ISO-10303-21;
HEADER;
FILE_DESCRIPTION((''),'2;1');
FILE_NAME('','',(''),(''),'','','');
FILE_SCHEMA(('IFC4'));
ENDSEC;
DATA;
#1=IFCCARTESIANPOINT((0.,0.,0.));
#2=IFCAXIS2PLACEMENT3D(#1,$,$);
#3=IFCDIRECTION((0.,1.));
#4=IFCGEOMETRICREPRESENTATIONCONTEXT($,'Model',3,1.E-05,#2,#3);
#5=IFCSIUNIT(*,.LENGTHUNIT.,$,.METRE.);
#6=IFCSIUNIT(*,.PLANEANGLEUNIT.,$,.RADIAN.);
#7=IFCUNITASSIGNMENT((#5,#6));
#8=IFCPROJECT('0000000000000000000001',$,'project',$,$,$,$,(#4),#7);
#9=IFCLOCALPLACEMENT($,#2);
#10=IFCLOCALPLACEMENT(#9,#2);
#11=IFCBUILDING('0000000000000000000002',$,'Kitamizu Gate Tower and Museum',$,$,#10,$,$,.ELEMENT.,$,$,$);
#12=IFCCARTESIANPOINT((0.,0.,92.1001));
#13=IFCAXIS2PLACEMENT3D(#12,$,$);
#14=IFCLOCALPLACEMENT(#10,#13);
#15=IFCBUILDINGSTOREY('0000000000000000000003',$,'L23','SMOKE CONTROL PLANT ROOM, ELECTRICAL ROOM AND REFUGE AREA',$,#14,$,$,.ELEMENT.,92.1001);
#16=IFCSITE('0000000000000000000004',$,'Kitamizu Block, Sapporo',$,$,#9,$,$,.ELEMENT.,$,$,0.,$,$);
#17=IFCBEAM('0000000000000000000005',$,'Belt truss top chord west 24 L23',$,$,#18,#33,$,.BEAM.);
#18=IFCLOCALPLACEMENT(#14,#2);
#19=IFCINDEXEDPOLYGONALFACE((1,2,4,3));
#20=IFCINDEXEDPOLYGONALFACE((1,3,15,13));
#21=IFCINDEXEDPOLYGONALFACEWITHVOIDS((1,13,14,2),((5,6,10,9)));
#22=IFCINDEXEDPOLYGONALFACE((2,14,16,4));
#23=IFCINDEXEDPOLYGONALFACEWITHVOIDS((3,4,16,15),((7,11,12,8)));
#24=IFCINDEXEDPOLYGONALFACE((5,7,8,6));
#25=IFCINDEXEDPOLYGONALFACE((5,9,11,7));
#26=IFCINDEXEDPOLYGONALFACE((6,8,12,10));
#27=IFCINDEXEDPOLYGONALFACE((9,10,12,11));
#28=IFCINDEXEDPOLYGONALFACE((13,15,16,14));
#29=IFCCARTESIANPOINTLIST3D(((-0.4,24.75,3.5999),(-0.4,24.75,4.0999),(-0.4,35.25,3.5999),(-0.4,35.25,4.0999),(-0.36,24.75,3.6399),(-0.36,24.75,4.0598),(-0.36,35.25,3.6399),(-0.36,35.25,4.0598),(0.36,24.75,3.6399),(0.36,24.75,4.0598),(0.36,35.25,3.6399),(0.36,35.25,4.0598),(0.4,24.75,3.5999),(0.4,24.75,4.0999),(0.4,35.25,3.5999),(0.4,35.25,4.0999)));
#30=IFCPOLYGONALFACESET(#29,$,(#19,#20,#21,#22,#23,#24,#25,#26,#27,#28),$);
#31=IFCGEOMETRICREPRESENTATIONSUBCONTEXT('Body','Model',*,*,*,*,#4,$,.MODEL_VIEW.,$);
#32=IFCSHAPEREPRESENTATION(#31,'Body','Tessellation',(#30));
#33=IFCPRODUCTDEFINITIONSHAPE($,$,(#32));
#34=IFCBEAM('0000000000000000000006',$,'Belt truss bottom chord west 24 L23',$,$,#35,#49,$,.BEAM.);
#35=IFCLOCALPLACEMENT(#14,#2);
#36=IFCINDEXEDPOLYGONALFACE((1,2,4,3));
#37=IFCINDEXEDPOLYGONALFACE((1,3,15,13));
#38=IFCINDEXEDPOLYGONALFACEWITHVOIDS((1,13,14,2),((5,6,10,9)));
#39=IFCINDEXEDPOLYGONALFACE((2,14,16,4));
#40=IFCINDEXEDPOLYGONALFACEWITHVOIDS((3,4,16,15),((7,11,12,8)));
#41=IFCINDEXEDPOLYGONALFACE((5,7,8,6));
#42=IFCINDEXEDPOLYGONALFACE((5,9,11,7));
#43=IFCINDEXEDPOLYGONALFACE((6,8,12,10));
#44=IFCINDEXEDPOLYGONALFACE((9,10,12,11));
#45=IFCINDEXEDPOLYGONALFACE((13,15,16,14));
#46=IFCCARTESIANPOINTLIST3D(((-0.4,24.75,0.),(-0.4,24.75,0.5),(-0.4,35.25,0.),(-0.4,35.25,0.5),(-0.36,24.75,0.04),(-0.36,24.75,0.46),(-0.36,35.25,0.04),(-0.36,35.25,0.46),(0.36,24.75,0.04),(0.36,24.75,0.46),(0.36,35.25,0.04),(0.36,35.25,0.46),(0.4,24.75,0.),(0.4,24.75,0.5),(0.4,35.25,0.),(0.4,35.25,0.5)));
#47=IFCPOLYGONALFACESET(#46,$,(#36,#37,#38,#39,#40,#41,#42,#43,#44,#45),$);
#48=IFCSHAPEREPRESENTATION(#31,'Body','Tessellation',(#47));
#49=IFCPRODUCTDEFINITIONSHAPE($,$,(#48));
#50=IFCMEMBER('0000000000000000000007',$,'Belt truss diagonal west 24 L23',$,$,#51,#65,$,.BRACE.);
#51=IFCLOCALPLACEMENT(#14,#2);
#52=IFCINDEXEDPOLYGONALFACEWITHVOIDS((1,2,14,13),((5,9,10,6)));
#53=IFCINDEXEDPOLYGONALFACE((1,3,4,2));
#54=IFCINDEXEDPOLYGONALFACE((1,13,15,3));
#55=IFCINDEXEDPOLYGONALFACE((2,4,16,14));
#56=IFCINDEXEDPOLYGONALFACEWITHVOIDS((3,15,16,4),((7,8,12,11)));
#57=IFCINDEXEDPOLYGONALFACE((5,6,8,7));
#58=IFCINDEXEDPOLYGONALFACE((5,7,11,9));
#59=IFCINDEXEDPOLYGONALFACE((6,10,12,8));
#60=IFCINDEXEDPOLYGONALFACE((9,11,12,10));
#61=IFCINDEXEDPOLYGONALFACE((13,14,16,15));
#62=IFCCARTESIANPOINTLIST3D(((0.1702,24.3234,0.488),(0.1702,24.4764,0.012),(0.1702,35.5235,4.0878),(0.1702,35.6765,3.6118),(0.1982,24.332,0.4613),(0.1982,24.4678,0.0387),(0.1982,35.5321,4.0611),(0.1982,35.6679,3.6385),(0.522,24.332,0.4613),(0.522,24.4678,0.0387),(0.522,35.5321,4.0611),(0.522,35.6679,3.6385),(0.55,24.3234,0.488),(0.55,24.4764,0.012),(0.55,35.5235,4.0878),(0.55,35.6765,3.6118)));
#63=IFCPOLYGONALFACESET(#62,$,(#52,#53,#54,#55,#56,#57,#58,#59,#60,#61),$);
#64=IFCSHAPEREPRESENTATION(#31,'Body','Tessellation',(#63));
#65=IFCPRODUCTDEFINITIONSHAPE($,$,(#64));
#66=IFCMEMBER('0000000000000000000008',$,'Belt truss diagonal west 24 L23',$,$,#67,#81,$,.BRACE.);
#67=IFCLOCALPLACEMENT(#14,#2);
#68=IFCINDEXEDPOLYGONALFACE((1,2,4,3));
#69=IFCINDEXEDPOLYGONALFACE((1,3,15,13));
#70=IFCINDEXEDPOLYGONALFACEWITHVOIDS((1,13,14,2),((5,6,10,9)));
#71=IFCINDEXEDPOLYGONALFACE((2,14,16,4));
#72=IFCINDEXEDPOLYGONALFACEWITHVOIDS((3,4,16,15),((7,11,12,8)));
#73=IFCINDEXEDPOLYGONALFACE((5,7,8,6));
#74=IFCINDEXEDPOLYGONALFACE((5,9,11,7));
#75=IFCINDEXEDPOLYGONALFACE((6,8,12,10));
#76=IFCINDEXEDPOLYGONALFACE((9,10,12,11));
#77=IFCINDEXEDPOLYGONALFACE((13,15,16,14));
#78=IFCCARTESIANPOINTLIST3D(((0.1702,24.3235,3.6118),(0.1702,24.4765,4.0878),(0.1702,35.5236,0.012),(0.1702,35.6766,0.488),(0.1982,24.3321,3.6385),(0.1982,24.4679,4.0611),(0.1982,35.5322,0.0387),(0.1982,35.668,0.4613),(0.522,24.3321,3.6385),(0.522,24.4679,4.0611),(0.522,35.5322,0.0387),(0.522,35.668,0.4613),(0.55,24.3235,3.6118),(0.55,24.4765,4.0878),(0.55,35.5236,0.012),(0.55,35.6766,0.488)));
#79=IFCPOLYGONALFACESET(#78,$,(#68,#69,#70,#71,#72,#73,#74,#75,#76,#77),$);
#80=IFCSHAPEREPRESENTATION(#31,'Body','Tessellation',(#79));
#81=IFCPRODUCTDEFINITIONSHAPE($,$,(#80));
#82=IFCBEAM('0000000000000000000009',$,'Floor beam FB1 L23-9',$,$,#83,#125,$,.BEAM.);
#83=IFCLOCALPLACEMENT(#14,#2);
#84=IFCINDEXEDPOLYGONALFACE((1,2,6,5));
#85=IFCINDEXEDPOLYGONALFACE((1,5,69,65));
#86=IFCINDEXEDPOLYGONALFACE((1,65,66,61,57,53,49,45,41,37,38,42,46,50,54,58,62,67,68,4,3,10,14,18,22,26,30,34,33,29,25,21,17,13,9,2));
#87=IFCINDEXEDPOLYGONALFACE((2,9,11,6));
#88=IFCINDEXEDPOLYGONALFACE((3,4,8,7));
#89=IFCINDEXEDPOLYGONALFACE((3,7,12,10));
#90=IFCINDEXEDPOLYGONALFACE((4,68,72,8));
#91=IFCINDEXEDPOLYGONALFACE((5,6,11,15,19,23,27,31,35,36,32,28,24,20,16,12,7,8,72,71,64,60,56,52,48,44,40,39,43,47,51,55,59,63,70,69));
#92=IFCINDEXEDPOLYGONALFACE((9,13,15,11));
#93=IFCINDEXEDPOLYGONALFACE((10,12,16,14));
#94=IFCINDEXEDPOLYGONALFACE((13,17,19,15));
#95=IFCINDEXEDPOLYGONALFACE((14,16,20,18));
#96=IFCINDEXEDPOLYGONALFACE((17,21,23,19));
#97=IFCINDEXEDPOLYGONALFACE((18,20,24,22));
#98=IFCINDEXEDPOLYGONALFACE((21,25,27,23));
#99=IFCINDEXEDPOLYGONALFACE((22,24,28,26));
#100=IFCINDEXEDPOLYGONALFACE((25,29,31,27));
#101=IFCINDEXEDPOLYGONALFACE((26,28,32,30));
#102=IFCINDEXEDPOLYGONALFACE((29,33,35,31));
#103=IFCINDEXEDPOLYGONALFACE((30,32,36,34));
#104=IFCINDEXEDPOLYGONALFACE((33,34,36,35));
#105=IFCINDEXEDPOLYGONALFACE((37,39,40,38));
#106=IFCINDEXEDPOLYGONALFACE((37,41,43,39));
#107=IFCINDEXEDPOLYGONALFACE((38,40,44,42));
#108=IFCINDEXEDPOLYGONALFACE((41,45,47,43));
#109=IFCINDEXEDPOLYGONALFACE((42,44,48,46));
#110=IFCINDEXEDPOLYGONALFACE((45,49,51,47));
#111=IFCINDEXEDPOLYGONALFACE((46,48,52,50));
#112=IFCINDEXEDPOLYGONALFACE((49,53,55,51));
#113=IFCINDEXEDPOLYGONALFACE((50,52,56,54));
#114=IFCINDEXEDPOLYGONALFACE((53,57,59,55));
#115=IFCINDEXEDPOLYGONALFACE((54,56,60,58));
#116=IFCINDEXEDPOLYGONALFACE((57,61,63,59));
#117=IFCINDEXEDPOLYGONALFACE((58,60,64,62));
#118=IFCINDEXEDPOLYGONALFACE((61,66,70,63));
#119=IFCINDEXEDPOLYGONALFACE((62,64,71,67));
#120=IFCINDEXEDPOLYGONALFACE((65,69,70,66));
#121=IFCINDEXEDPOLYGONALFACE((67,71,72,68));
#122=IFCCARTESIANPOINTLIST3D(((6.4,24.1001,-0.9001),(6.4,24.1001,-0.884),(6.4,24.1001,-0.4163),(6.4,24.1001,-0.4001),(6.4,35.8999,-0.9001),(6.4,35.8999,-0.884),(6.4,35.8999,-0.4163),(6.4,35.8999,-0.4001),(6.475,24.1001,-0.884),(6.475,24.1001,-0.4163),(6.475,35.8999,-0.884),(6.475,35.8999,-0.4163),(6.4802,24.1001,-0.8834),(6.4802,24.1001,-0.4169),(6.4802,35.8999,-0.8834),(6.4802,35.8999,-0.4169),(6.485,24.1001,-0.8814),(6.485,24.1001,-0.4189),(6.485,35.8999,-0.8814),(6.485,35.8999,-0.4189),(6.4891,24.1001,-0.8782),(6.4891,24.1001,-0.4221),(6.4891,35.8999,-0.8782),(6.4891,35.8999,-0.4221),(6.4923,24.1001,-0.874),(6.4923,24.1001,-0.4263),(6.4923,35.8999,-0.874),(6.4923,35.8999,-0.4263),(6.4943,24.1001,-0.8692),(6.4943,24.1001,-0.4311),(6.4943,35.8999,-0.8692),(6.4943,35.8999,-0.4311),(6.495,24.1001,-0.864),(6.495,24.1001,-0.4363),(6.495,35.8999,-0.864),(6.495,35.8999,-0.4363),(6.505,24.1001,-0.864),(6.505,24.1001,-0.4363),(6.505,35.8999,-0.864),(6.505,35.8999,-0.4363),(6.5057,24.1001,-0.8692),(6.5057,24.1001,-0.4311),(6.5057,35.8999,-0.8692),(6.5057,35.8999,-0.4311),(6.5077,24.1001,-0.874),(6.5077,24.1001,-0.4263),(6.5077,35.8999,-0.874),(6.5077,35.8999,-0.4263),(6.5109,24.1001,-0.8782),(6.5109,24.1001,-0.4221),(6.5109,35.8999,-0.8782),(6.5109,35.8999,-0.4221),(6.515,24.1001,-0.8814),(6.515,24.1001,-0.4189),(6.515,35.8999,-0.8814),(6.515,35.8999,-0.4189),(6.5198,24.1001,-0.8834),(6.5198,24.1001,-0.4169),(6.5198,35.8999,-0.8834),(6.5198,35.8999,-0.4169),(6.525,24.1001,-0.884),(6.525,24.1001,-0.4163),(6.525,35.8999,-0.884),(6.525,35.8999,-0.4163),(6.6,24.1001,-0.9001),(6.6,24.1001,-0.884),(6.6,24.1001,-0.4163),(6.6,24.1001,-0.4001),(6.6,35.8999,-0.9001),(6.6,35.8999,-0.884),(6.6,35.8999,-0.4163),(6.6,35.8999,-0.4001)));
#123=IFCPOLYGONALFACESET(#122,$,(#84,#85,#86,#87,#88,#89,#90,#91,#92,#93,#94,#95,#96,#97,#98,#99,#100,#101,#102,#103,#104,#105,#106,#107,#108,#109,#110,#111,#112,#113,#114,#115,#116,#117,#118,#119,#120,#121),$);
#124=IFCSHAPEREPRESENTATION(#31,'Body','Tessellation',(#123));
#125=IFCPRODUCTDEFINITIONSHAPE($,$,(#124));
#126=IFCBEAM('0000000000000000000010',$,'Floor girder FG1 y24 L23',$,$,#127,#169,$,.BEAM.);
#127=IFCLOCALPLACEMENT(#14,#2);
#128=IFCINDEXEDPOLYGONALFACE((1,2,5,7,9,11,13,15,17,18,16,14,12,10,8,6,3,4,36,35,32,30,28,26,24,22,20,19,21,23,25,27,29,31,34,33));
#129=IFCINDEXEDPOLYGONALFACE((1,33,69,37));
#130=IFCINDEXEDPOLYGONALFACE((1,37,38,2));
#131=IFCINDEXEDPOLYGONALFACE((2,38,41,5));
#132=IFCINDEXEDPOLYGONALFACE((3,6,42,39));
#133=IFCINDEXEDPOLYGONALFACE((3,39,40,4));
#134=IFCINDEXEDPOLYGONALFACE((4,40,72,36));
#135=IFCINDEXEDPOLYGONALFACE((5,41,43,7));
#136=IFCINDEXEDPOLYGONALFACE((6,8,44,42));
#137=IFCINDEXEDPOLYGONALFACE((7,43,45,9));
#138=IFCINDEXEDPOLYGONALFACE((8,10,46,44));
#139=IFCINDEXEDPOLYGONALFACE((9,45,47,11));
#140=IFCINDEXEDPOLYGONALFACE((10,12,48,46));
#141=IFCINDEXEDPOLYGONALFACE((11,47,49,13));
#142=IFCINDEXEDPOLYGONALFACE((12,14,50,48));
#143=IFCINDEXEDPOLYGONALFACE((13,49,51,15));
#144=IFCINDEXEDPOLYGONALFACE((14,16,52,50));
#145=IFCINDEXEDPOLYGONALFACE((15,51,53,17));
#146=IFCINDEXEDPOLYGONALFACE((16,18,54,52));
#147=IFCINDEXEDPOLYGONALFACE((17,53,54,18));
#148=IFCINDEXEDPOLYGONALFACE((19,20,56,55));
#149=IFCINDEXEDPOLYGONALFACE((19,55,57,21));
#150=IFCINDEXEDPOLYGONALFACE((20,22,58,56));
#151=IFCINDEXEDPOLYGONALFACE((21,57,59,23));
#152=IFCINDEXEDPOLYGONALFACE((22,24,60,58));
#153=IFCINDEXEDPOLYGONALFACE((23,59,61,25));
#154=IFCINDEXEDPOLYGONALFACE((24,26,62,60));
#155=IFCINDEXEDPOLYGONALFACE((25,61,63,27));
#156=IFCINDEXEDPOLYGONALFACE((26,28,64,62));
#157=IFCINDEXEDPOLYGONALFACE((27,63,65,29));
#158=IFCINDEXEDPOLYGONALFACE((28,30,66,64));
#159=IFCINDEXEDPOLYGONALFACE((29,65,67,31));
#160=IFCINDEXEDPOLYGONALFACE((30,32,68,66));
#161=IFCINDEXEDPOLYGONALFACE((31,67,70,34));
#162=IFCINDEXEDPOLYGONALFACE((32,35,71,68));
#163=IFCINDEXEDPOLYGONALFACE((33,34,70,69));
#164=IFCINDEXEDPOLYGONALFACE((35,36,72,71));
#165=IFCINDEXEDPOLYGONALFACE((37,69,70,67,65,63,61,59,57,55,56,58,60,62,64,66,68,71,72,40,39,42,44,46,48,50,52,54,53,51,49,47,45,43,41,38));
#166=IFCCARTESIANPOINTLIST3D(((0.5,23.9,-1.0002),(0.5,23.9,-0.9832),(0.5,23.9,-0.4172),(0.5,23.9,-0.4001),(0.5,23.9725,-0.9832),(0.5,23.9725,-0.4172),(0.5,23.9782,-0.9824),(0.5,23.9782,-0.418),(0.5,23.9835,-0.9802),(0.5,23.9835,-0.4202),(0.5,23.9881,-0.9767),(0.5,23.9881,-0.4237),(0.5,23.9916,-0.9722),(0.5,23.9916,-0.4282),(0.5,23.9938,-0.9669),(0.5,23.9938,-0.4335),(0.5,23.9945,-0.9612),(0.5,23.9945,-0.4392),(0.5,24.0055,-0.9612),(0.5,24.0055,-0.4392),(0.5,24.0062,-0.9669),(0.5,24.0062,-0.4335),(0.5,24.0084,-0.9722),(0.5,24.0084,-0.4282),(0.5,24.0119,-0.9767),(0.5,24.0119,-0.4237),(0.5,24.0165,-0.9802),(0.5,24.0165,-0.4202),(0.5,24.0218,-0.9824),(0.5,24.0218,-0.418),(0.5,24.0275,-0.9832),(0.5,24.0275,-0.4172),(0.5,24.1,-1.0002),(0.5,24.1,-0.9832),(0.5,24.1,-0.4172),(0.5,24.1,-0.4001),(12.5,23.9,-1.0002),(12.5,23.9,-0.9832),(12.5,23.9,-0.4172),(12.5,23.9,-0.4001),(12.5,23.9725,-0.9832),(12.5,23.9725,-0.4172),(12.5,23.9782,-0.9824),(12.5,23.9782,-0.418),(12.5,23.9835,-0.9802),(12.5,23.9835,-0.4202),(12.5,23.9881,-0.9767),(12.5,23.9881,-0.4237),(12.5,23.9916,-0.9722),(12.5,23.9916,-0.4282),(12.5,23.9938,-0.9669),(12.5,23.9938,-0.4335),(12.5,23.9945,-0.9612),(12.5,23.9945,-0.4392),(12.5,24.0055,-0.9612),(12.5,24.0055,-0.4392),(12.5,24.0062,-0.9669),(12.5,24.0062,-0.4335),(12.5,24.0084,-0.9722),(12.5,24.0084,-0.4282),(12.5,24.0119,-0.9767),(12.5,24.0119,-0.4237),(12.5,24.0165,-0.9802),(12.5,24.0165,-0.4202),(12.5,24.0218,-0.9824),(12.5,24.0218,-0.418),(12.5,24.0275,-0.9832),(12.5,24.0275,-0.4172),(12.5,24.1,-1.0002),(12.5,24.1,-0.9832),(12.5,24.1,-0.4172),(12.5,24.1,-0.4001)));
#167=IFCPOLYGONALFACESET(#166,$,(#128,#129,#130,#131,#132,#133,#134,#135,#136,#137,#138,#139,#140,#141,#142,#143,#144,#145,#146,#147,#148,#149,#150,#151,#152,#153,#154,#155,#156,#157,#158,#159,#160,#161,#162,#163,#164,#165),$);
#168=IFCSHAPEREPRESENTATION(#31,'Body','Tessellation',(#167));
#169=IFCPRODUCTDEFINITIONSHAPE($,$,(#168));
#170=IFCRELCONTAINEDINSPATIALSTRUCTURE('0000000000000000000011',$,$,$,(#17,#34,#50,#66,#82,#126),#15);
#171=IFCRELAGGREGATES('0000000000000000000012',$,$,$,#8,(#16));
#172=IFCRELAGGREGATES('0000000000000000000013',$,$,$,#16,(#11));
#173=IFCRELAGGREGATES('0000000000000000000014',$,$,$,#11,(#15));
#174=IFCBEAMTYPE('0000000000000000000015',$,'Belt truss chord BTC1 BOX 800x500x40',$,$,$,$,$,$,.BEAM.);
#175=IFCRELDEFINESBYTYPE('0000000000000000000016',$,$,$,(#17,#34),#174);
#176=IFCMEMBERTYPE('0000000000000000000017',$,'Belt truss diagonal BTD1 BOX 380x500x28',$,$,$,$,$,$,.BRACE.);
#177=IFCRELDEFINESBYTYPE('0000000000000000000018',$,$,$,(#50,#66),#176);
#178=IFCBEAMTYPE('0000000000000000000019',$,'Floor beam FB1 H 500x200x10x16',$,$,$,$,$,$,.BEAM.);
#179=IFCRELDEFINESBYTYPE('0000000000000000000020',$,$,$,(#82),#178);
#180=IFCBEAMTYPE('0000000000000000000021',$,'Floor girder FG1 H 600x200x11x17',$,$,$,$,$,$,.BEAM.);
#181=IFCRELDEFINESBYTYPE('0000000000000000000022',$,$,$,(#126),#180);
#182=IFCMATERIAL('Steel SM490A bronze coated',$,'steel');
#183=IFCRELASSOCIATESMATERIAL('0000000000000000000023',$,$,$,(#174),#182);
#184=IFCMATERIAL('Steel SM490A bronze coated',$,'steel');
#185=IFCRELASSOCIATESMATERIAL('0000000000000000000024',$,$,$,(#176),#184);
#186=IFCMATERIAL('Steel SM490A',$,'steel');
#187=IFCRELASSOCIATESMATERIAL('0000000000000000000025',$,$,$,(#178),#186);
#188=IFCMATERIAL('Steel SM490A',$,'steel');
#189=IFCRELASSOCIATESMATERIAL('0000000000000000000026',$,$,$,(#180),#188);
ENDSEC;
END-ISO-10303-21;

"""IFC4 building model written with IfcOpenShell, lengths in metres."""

from ifc_helpers import new_model, si_unit, direction, frame, origin, origin_2d, place, context, subcontext, project, spatial, hollow_rectangle, i_section, extrude, material, material_profile, profile_set, type_object, element, save


model = new_model("IFC4")

# Units and contexts
model_context = context("Model", 3, precision=1e-05, world=origin(), true_north=direction((0.0, 1.0)))
body_context = subcontext(model_context, "Body", "Model", "MODEL_VIEW")
ifc_project = project(units=[si_unit("LENGTHUNIT", "METRE"), si_unit("PLANEANGLEUNIT", "RADIAN")], contexts=[model_context])

# Site, building, storey
site_placement = place(None, origin())
site = spatial("IfcSite", under=ifc_project, at=site_placement, Name="Kitamizu Block, Sapporo", CompositionType="ELEMENT", RefElevation=0.0)
building_placement = place(site_placement, origin())
building = spatial("IfcBuilding", under=site, at=building_placement, Name="Kitamizu Gate Tower and Museum", CompositionType="ELEMENT")
storey_placement = place(building_placement, frame((0.0, 0.0, 92.1001)))
storey = spatial("IfcBuildingStorey", under=building, at=storey_placement, Name="L23", Description="SMOKE CONTROL PLANT ROOM, ELECTRICAL ROOM AND REFUGE AREA", CompositionType="ELEMENT", Elevation=92.1001)

# Beams
ifc_material_1 = material(Name="Steel SM490A bronze coated", Category="steel")
ifc_material_profile_1 = material_profile(ifc_material_1, hollow_rectangle(XDim=0.8, YDim=0.5, WallThickness=0.04, at=origin_2d()), Name="BOX 800x500x40")
ifc_profile_set_1 = profile_set([ifc_material_profile_1], Name="Steel SM490A bronze coated")
beam_type_1 = type_object("IfcBeamType", Name="Belt truss chord BTC1 BOX 800x500x40", PredefinedType="BEAM", material=ifc_profile_set_1)
for number, where, z_axis, x_axis, name in (
    (1, (0.0, 24.75, 3.8499), (0.0, 1.0, 0.0), (-1.0, 0.0, 0.0), "Belt truss top chord west 24 L23"),
    (2, (0.0, 24.75, 0.25), (0.0, 1.0, 0.0), (-1.0, 0.0, 0.0), "Belt truss bottom chord west 24 L23"),
):
    element("IfcBeam", number, at=place(storey_placement, frame(where, z_axis=z_axis, x_axis=x_axis)), inside=storey, type_object=beam_type_1, Name=name, PredefinedType="BEAM", context=body_context, shape_type="SweptSolid", body=[
        extrude(hollow_rectangle(XDim=0.8, YDim=0.5, WallThickness=0.04, at=origin_2d()), origin(), (0.0, 0.0, 1.0), 10.5),
    ])

# Members
ifc_material_2 = material(Name="Steel SM490A bronze coated", Category="steel")
ifc_material_profile_2 = material_profile(ifc_material_2, hollow_rectangle(XDim=0.3799, YDim=0.5, WallThickness=0.0281, at=origin_2d()), Name="BOX 380x500x28")
ifc_profile_set_2 = profile_set([ifc_material_profile_2], Name="Steel SM490A bronze coated")
member_type = type_object("IfcMemberType", Name="Belt truss diagonal BTD1 BOX 380x500x28", PredefinedType="BRACE", material=ifc_profile_set_2)
for number, where, z_axis, x_axis, name in (
    (3, (0.3601, 24.3999, 0.25), (0.0, 0.952034, 0.305993), (-1.0, 0.0, 0.0), "Belt truss diagonal west 24 L23"),
    (4, (0.3601, 35.6001, 0.25), (0.0, -0.952034, 0.305993), (1.0, 0.0, 0.0), "Belt truss diagonal west 24 L23"),
):
    element("IfcMember", number, at=place(storey_placement, frame(where, z_axis=z_axis, x_axis=x_axis)), inside=storey, type_object=member_type, Name=name, PredefinedType="BRACE", context=body_context, shape_type="SweptSolid", body=[
        extrude(hollow_rectangle(XDim=0.3799, YDim=0.5, WallThickness=0.0281, at=origin_2d()), origin(), (0.0, 0.0, 1.0), 11.7644),
    ])

# Beams
ifc_material_3 = material(Name="Steel SM490A", Category="steel")
ifc_material_profile_3 = material_profile(ifc_material_3, i_section(OverallWidth=0.2, OverallDepth=0.5, WebThickness=0.01, FlangeThickness=0.0161, FilletRadius=0.02, at=origin_2d()), Name="H-500x200x10x16")
ifc_profile_set_3 = profile_set([ifc_material_profile_3], Name="Steel SM490A")
beam_type_2 = type_object("IfcBeamType", Name="Floor beam FB1 H 500x200x10x16", PredefinedType="BEAM", material=ifc_profile_set_3)
beam_1_placement = place(storey_placement, frame((6.5, 24.1001, -0.6501), z_axis=(0.0, 1.0, 0.0), x_axis=(-1.0, 0.0, 0.0)))
element("IfcBeam", 5, at=beam_1_placement, inside=storey, type_object=beam_type_2, Name="Floor beam FB1 L23-9", PredefinedType="BEAM", context=body_context, shape_type="SweptSolid", body=[
    extrude(i_section(OverallWidth=0.2, OverallDepth=0.5, WebThickness=0.01, FlangeThickness=0.0161, FilletRadius=0.02, at=origin_2d()), origin(), (0.0, 0.0, 1.0), 11.7998),
])
ifc_material_4 = material(Name="Steel SM490A", Category="steel")
ifc_material_profile_4 = material_profile(ifc_material_4, i_section(OverallWidth=0.2, OverallDepth=0.6001, WebThickness=0.011, FlangeThickness=0.0171, FilletRadius=0.022, at=origin_2d()), Name="H-600x200x11x17")
ifc_profile_set_4 = profile_set([ifc_material_profile_4], Name="Steel SM490A")
beam_type_3 = type_object("IfcBeamType", Name="Floor girder FG1 H 600x200x11x17", PredefinedType="BEAM", material=ifc_profile_set_4)
beam_2_placement = place(storey_placement, frame((0.5, 24.0, -0.7002), z_axis=(1.0, 0.0, 0.0), x_axis=(0.0, 1.0, 0.0)))
element("IfcBeam", 6, at=beam_2_placement, inside=storey, type_object=beam_type_3, Name="Floor girder FG1 y24 L23", PredefinedType="BEAM", context=body_context, shape_type="SweptSolid", body=[
    extrude(i_section(OverallWidth=0.2, OverallDepth=0.6001, WebThickness=0.011, FlangeThickness=0.0171, FilletRadius=0.022, at=origin_2d()), origin(), (0.0, 0.0, 1.0), 12.0),
])

save(model, "model.ifc")
